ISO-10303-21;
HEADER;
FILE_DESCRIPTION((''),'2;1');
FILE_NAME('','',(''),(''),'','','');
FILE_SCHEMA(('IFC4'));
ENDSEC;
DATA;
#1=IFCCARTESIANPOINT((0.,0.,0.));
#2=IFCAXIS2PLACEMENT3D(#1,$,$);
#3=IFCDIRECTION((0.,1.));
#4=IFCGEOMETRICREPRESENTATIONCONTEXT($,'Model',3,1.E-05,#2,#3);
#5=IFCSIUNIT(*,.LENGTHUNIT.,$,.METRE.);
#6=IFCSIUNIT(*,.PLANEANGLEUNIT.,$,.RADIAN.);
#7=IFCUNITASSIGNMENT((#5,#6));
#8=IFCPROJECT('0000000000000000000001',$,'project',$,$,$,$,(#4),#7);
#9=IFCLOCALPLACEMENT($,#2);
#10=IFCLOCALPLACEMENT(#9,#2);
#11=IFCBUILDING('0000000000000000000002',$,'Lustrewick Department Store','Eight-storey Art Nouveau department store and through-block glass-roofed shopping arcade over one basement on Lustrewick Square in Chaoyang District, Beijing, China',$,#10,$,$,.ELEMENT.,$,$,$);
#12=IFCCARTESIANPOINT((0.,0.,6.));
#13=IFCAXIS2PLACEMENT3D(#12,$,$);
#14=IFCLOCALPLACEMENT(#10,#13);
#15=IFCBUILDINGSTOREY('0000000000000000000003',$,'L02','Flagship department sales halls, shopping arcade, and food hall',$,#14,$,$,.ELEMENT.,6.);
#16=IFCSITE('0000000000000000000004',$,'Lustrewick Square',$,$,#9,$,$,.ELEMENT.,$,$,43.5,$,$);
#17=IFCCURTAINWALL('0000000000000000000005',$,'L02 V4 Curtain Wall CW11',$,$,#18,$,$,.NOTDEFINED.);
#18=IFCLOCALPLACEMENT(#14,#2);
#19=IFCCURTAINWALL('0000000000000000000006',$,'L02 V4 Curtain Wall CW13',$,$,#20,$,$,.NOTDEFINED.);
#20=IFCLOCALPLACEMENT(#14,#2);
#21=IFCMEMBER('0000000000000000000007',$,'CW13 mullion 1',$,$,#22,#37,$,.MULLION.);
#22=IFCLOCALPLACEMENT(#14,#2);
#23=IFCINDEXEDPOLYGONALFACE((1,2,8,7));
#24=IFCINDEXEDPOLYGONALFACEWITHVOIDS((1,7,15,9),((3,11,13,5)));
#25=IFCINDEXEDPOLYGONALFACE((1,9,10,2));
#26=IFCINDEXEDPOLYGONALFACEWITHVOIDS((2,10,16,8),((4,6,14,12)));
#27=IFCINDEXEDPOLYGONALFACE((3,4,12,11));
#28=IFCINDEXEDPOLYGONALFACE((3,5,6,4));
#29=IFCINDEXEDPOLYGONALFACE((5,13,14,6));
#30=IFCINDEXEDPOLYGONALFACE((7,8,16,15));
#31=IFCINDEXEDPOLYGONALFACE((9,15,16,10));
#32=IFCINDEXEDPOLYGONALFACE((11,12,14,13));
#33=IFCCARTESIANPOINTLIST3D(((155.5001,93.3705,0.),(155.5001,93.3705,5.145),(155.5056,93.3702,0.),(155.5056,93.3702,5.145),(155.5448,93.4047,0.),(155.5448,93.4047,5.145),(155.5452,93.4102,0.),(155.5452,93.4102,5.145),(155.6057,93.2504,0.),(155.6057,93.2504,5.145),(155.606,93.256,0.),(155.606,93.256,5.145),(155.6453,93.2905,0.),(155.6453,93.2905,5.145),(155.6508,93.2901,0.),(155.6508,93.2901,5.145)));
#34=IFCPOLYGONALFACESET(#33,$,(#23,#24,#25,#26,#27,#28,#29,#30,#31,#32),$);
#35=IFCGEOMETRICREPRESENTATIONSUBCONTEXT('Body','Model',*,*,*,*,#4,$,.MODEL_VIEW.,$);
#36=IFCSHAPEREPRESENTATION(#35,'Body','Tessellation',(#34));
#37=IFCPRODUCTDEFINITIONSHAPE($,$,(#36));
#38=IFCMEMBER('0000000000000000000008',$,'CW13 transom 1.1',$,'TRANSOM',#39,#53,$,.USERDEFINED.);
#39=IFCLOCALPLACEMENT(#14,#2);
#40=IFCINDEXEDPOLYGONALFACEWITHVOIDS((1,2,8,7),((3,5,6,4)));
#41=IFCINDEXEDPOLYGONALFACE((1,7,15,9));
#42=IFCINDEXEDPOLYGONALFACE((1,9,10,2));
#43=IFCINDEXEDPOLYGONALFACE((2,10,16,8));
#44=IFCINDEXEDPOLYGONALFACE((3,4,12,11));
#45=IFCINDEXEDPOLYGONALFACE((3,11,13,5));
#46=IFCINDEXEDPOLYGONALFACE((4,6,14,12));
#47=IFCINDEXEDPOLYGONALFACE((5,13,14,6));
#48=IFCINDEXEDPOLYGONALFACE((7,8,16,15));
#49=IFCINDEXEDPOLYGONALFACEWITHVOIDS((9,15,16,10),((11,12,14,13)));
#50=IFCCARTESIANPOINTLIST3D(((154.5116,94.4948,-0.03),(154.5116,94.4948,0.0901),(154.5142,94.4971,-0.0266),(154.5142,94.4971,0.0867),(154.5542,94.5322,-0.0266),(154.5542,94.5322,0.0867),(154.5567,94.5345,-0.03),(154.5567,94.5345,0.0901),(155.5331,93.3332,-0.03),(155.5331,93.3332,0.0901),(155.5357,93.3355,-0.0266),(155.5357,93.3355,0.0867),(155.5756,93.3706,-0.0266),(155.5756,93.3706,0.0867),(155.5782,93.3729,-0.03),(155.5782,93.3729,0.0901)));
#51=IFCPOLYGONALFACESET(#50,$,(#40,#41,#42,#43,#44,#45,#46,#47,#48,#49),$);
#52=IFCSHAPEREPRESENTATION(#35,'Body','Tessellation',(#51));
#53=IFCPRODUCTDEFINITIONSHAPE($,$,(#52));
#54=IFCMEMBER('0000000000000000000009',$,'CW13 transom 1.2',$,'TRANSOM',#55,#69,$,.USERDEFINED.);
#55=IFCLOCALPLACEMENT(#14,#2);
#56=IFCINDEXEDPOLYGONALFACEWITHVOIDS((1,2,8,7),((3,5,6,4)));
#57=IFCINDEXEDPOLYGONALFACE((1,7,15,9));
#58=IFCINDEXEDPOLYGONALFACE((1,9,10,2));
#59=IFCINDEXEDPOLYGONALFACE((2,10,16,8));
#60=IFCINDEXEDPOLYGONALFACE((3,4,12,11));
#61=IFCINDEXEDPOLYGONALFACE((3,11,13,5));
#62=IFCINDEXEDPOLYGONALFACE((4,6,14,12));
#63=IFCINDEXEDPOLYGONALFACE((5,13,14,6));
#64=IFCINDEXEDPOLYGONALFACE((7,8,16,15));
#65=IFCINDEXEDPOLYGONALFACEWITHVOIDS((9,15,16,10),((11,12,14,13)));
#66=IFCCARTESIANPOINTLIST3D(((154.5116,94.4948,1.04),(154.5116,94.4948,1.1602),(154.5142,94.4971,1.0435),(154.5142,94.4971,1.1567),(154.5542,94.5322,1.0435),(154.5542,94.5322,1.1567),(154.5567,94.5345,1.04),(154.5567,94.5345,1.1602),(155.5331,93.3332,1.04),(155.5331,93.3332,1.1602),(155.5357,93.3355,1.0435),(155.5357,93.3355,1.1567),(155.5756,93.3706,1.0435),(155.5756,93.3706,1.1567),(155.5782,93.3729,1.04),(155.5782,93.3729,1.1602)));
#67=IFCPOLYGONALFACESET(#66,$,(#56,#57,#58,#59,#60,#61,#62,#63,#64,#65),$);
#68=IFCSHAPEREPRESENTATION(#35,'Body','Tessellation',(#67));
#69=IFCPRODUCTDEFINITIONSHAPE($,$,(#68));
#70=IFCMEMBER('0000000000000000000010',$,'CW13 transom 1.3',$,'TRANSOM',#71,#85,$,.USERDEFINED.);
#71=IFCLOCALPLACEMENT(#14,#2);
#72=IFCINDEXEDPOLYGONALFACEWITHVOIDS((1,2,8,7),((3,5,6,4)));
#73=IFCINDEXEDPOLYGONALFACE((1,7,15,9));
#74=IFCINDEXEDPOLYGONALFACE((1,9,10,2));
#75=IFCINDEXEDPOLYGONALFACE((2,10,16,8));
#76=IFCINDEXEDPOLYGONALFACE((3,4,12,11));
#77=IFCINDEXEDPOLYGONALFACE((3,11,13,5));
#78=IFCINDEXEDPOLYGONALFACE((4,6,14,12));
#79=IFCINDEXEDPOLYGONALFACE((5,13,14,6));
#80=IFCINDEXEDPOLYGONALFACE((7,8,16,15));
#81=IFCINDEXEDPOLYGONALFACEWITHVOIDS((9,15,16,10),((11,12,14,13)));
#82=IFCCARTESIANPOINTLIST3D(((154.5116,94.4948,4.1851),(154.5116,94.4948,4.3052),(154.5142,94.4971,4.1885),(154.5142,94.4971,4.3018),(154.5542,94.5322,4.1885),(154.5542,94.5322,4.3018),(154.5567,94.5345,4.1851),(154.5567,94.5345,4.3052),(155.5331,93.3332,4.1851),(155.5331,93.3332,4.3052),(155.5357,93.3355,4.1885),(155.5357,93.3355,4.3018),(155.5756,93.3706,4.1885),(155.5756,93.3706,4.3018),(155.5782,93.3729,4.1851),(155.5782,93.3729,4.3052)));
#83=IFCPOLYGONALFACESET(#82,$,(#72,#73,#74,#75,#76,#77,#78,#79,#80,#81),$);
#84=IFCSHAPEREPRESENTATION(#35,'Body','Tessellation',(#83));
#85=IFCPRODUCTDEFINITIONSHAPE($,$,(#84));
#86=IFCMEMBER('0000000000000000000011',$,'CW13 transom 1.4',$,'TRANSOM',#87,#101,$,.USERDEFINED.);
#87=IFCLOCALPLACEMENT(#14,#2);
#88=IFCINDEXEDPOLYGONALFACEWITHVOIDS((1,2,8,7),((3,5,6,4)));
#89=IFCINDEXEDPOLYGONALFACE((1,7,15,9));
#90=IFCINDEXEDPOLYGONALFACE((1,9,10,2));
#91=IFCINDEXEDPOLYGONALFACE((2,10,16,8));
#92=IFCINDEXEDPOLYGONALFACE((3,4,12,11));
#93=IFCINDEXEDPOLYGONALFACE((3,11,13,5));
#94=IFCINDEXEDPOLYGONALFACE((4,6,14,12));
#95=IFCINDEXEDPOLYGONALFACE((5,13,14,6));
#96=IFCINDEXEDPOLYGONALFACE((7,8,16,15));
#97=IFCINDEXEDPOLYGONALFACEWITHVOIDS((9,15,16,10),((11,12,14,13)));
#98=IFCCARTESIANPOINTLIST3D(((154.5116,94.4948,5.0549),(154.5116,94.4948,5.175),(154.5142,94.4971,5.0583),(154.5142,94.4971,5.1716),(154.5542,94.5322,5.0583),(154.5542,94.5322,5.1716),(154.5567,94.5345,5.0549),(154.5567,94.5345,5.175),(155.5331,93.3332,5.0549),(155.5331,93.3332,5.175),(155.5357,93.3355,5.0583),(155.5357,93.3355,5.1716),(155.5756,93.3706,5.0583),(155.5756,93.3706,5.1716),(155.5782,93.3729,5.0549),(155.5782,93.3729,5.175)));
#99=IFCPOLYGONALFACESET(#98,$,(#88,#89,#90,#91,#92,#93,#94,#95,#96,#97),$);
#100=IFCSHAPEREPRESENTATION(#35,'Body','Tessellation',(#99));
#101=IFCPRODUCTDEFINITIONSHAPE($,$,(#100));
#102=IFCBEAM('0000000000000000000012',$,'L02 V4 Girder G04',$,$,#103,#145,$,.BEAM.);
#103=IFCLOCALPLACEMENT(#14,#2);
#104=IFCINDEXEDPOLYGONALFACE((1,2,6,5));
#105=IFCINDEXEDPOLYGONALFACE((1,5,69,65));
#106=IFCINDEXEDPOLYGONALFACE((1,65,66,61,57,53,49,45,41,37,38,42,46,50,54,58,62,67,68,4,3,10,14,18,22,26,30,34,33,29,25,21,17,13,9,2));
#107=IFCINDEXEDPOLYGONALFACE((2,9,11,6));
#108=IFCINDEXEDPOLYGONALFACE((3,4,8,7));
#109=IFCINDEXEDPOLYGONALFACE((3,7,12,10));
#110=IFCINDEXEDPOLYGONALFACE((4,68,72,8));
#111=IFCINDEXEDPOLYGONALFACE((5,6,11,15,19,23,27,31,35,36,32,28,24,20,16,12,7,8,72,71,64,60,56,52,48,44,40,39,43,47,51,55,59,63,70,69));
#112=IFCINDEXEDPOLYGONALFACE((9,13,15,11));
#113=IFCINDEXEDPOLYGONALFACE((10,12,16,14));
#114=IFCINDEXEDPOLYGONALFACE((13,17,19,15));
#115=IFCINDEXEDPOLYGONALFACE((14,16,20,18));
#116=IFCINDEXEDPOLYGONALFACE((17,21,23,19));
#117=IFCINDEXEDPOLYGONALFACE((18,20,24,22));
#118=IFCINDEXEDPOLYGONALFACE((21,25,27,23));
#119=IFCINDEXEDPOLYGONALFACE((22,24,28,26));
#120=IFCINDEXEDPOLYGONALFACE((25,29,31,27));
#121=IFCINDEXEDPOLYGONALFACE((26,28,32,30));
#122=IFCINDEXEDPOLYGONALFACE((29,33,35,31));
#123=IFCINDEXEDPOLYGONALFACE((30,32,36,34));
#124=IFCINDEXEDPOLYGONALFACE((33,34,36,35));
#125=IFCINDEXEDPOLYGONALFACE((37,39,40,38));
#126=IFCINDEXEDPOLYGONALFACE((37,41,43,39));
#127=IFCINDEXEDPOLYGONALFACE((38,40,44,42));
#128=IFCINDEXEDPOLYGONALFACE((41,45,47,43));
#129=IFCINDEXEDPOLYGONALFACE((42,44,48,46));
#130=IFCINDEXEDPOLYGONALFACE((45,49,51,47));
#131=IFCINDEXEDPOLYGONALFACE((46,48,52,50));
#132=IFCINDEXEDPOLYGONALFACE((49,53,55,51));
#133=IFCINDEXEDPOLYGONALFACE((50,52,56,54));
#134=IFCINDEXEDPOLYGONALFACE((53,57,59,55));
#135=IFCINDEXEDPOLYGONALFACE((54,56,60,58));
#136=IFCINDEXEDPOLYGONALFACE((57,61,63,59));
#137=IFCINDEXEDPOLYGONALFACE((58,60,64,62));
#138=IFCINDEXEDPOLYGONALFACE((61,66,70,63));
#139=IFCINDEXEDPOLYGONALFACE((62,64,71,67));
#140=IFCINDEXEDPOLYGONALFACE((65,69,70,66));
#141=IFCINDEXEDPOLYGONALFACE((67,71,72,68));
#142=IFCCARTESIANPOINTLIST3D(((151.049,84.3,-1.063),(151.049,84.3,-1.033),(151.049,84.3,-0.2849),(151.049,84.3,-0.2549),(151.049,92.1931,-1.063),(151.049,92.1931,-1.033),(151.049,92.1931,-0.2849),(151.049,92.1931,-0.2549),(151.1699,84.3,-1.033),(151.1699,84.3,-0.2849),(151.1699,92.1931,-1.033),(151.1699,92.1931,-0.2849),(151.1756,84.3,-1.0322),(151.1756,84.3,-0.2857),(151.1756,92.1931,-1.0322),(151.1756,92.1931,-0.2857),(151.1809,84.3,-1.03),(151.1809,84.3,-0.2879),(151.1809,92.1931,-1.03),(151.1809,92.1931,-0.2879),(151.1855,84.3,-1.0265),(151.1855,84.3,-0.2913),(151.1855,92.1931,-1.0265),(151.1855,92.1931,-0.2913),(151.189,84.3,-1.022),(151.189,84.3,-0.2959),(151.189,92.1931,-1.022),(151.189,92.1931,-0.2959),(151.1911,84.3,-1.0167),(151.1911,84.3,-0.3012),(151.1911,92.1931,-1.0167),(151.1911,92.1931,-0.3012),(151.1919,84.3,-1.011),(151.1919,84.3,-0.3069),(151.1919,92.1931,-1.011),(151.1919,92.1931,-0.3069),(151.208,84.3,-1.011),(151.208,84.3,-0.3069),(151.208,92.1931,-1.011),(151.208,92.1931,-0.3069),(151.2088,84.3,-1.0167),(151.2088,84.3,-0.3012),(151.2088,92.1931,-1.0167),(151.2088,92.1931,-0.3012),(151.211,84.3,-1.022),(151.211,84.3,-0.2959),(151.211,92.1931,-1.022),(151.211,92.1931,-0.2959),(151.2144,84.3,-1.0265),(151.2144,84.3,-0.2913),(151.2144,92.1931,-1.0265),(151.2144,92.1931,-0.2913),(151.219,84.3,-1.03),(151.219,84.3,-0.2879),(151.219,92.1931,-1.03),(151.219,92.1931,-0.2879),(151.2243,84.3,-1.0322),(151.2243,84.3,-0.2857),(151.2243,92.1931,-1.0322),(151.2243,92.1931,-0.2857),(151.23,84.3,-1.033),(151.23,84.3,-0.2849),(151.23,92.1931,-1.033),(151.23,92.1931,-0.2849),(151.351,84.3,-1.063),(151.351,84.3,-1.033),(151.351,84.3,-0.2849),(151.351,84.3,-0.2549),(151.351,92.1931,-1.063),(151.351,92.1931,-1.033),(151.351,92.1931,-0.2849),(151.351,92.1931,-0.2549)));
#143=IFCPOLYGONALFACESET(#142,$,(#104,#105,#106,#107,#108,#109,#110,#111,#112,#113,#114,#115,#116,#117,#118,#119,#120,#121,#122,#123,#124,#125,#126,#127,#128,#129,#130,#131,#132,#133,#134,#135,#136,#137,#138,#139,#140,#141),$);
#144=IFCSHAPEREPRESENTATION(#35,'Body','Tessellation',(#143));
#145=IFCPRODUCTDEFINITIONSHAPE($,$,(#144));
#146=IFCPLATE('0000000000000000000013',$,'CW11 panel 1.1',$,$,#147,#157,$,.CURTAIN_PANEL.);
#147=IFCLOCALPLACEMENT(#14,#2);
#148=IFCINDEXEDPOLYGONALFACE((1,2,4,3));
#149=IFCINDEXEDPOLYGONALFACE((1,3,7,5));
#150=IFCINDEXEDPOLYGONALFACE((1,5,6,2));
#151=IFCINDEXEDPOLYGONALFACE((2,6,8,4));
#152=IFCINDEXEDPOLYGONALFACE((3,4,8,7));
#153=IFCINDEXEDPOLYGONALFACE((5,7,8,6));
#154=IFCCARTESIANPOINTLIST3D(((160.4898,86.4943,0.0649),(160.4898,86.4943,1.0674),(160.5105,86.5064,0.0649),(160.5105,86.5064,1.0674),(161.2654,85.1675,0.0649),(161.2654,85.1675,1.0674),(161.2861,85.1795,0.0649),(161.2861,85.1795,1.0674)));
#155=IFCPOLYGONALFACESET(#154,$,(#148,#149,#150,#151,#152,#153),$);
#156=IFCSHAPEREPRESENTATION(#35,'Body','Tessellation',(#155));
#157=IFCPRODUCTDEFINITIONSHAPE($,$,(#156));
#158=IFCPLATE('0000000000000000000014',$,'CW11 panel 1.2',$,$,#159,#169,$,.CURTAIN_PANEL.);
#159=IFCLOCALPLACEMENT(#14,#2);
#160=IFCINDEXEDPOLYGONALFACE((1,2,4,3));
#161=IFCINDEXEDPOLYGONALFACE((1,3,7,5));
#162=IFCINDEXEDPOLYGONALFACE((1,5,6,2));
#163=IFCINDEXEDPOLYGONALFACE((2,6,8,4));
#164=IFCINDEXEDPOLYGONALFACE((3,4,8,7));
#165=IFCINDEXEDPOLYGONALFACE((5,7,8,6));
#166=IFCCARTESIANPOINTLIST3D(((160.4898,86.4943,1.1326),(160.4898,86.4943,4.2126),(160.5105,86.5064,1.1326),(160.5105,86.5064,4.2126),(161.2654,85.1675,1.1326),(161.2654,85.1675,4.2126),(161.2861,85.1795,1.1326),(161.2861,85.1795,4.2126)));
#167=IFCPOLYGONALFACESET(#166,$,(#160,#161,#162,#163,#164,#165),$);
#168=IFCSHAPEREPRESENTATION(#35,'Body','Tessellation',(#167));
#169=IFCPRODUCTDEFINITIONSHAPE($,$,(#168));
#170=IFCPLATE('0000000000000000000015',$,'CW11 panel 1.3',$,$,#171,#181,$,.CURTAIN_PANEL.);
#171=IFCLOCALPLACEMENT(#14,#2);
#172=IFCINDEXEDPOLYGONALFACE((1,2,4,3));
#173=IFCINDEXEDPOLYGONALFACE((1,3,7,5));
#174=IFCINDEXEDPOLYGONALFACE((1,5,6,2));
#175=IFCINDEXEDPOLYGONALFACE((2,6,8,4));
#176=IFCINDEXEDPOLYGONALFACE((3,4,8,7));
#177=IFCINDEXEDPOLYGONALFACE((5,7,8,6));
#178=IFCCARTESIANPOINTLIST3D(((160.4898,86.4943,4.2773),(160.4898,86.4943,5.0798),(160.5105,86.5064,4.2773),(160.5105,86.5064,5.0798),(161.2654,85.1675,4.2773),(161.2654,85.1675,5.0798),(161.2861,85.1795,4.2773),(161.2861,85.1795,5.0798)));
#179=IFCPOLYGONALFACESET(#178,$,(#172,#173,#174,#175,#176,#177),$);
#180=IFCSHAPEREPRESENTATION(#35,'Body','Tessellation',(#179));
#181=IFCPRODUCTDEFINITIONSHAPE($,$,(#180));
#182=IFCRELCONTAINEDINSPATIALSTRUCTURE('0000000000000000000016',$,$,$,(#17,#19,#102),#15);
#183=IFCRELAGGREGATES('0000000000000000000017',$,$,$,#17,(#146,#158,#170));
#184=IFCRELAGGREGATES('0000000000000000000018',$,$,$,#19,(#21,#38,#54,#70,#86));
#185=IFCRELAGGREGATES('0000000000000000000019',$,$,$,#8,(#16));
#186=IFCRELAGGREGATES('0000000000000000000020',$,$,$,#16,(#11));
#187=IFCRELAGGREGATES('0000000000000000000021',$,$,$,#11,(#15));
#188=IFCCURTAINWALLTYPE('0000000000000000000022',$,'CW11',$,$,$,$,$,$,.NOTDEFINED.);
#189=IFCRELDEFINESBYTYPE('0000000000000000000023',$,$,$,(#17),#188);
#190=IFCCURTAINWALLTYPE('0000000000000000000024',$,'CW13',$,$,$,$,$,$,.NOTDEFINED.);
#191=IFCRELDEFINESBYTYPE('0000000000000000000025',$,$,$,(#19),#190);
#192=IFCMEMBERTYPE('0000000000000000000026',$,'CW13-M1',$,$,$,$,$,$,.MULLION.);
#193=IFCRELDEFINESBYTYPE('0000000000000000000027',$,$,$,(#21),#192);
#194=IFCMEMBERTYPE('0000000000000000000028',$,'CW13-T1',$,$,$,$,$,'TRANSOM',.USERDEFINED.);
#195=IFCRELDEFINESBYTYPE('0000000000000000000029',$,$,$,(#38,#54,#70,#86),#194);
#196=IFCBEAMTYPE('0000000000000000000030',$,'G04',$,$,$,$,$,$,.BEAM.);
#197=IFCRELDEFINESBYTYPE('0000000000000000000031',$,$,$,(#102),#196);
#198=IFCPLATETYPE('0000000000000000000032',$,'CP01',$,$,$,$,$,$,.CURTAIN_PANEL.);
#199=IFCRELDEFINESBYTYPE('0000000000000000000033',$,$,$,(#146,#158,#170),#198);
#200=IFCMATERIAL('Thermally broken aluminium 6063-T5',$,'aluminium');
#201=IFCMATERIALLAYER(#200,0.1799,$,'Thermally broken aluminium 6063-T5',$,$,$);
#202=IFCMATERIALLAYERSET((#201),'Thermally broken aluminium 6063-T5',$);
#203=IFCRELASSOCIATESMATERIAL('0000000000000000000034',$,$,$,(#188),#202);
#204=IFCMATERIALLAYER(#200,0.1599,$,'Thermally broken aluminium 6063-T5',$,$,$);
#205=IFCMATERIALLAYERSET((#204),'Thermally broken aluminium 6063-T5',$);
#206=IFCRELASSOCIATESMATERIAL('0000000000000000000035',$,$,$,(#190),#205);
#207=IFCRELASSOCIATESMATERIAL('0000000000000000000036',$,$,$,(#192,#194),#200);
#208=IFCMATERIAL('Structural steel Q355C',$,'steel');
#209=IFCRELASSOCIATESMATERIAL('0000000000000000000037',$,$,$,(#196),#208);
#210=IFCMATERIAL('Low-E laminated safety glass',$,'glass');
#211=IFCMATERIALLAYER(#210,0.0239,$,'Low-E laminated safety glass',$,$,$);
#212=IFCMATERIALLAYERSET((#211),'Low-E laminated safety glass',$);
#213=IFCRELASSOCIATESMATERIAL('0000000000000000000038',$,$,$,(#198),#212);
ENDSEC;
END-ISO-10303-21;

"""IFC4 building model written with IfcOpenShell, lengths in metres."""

from ifc_helpers import new_model, si_unit, direction, frame, origin, origin_2d, place, context, subcontext, project, spatial, rectangle, hollow_rectangle, i_section, extrude, material, layer, layer_set, material_profile, profile_set, type_object, element, aggregate, save


model = new_model("IFC4")

# Units and contexts
model_context = context("Model", 3, precision=1e-05, world=origin(), true_north=direction((0.0, 1.0)))
body_context = subcontext(model_context, "Body", "Model", "MODEL_VIEW")
ifc_project = project(units=[si_unit("LENGTHUNIT", "METRE"), si_unit("PLANEANGLEUNIT", "RADIAN")], contexts=[model_context])

# Site, building, storey
site_placement = place(None, origin())
site = spatial("IfcSite", under=ifc_project, at=site_placement, Name="Lustrewick Square", CompositionType="ELEMENT", RefElevation=43.5)
building_placement = place(site_placement, origin())
building = spatial("IfcBuilding", under=site, at=building_placement, Name="Lustrewick Department Store", Description="Eight-storey Art Nouveau department store and through-block glass-roofed shopping arcade over one basement on Lustrewick Square in Chaoyang District, Beijing, China", CompositionType="ELEMENT")
storey_placement = place(building_placement, frame((0.0, 0.0, 6.0)))
storey = spatial("IfcBuildingStorey", under=building, at=storey_placement, Name="L02", Description="Flagship department sales halls, shopping arcade, and food hall", CompositionType="ELEMENT", Elevation=6.0)

# Curtain walls, members
ifc_material_1 = material(Name="Thermally broken aluminium 6063-T5", Category="aluminium")
ifc_layer_1 = layer(ifc_material_1, 0.1799, Name="Thermally broken aluminium 6063-T5")
ifc_layer_set_1 = layer_set([ifc_layer_1], Name="Thermally broken aluminium 6063-T5")
curtain_wall_type_1 = type_object("IfcCurtainWallType", Name="CW11", PredefinedType="NOTDEFINED", material=ifc_layer_set_1)
curtain_wall_1_placement = place(storey_placement, origin())
curtain_wall_1 = element("IfcCurtainWall", 1, at=curtain_wall_1_placement, inside=storey, type_object=curtain_wall_type_1, Name="L02 V4 Curtain Wall CW11", PredefinedType="NOTDEFINED")
ifc_layer_2 = layer(ifc_material_1, 0.1599, Name="Thermally broken aluminium 6063-T5")
ifc_layer_set_2 = layer_set([ifc_layer_2], Name="Thermally broken aluminium 6063-T5")
curtain_wall_type_2 = type_object("IfcCurtainWallType", Name="CW13", PredefinedType="NOTDEFINED", material=ifc_layer_set_2)
curtain_wall_2_placement = place(storey_placement, origin())
curtain_wall_2 = element("IfcCurtainWall", 2, at=curtain_wall_2_placement, inside=storey, type_object=curtain_wall_type_2, Name="L02 V4 Curtain Wall CW13", PredefinedType="NOTDEFINED")
ifc_material_profile_1 = material_profile(ifc_material_1, hollow_rectangle(XDim=0.0601, YDim=0.1599, WallThickness=0.0039, at=origin_2d()), Name="ALU-M 60x160x4")
ifc_profile_set_1 = profile_set([ifc_material_profile_1], Name="Thermally broken aluminium 6063-T5")
member_type_1 = type_object("IfcMemberType", Name="CW13-M1", PredefinedType="MULLION", material=ifc_profile_set_1)
member_1_placement = place(storey_placement, frame((155.5754, 93.3303, 0.0), z_axis=(0.0, 0.0, 1.0), x_axis=(-0.75095, -0.660359, 0.0)))
member_1 = element("IfcMember", 3, at=member_1_placement, type_object=member_type_1, Name="CW13 mullion 1", PredefinedType="MULLION", context=body_context, shape_type="SweptSolid", body=[
    extrude(hollow_rectangle(XDim=0.0601, YDim=0.1599, WallThickness=0.0039, at=origin_2d()), origin(), (0.0, 0.0, 1.0), 5.145),
])
ifc_material_profile_2 = material_profile(ifc_material_1, hollow_rectangle(XDim=0.0601, YDim=0.1201, WallThickness=0.0034, at=origin_2d()), Name="ALU-T 60x120x3.5")
ifc_profile_set_2 = profile_set([ifc_material_profile_2], Name="Thermally broken aluminium 6063-T5")
member_type_2 = type_object("IfcMemberType", Name="CW13-T1", ElementType="TRANSOM", PredefinedType="USERDEFINED", material=ifc_profile_set_2)
member_2_placement = place(storey_placement, frame((155.5557, 93.353, 0.03), z_axis=(-0.660357, 0.750951, 0.0), x_axis=(-0.750951, -0.660357, 0.0)))
member_2 = element("IfcMember", 4, at=member_2_placement, type_object=member_type_2, Name="CW13 transom 1.1", ObjectType="TRANSOM", PredefinedType="USERDEFINED", context=body_context, shape_type="SweptSolid", body=[
    extrude(hollow_rectangle(XDim=0.0601, YDim=0.1201, WallThickness=0.0034, at=origin_2d()), origin(), (0.0, 0.0, 1.0), 1.5469),
])
member_3_placement = place(storey_placement, frame((155.5557, 93.353, 1.1001), z_axis=(-0.660357, 0.750951, 0.0), x_axis=(-0.750951, -0.660357, 0.0)))
member_3 = element("IfcMember", 5, at=member_3_placement, type_object=member_type_2, Name="CW13 transom 1.2", ObjectType="TRANSOM", PredefinedType="USERDEFINED", context=body_context, shape_type="SweptSolid", body=[
    extrude(hollow_rectangle(XDim=0.0601, YDim=0.1201, WallThickness=0.0034, at=origin_2d()), origin(), (0.0, 0.0, 1.0), 1.5469),
])
member_4_placement = place(storey_placement, frame((155.5557, 93.353, 4.2451), z_axis=(-0.660357, 0.750951, 0.0), x_axis=(-0.750951, -0.660357, 0.0)))
member_4 = element("IfcMember", 6, at=member_4_placement, type_object=member_type_2, Name="CW13 transom 1.3", ObjectType="TRANSOM", PredefinedType="USERDEFINED", context=body_context, shape_type="SweptSolid", body=[
    extrude(hollow_rectangle(XDim=0.0601, YDim=0.1201, WallThickness=0.0034, at=origin_2d()), origin(), (0.0, 0.0, 1.0), 1.5469),
])
member_5_placement = place(storey_placement, frame((155.5557, 93.353, 5.115), z_axis=(-0.660357, 0.750951, 0.0), x_axis=(-0.750951, -0.660357, 0.0)))
member_5 = element("IfcMember", 7, at=member_5_placement, type_object=member_type_2, Name="CW13 transom 1.4", ObjectType="TRANSOM", PredefinedType="USERDEFINED", context=body_context, shape_type="SweptSolid", body=[
    extrude(hollow_rectangle(XDim=0.0601, YDim=0.1201, WallThickness=0.0034, at=origin_2d()), origin(), (0.0, 0.0, 1.0), 1.5469),
])

# Beam
ifc_material_2 = material(Name="Structural steel Q355C", Category="steel")
ifc_material_profile_3 = material_profile(ifc_material_2, i_section(OverallWidth=0.302, OverallDepth=0.8081, WebThickness=0.0161, FlangeThickness=0.03, FilletRadius=0.022, at=origin_2d()), Name="HN 808x302x16x30")
ifc_profile_set_3 = profile_set([ifc_material_profile_3], Name="Structural steel Q355C")
beam_type_1 = type_object("IfcBeamType", Name="G04", PredefinedType="BEAM", material=ifc_profile_set_3)
beam_1_placement = place(storey_placement, frame((151.2, 84.3, -0.6589), z_axis=(0.0, 1.0, 0.0), x_axis=(-1.0, 0.0, 0.0)))
element("IfcBeam", 8, at=beam_1_placement, inside=storey, type_object=beam_type_1, Name="L02 V4 Girder G04", PredefinedType="BEAM", context=body_context, shape_type="SweptSolid", body=[
    extrude(i_section(OverallWidth=0.302, OverallDepth=0.8081, WebThickness=0.0161, FlangeThickness=0.03, FilletRadius=0.022, at=origin_2d()), origin(), (0.0, 0.0, 1.0), 7.8931),
])

# Plates
ifc_material_3 = material(Name="Low-E laminated safety glass", Category="glass")
ifc_layer_3 = layer(ifc_material_3, 0.0239, Name="Low-E laminated safety glass")
ifc_layer_set_3 = layer_set([ifc_layer_3], Name="Low-E laminated safety glass")
plate_type_1 = type_object("IfcPlateType", Name="CP01", PredefinedType="CURTAIN_PANEL", material=ifc_layer_set_3)
plate_1_placement = place(storey_placement, frame((160.8879, 85.8369, 0.0649), z_axis=(0.0, 0.0, 1.0), x_axis=(-0.504643, 0.863328, 0.0)))
plate_1 = element("IfcPlate", 9, at=plate_1_placement, type_object=plate_type_1, Name="CW11 panel 1.1", PredefinedType="CURTAIN_PANEL", context=body_context, shape_type="SweptSolid", body=[
    extrude(rectangle(XDim=1.5369, YDim=0.0239, at=origin_2d()), origin(), (0.0, 0.0, 1.0), 1.0024),
])
plate_2_placement = place(storey_placement, frame((160.8879, 85.8369, 1.1326), z_axis=(0.0, 0.0, 1.0), x_axis=(-0.504643, 0.863328, 0.0)))
plate_2 = element("IfcPlate", 10, at=plate_2_placement, type_object=plate_type_1, Name="CW11 panel 1.2", PredefinedType="CURTAIN_PANEL", context=body_context, shape_type="SweptSolid", body=[
    extrude(rectangle(XDim=1.5369, YDim=0.0239, at=origin_2d()), origin(), (0.0, 0.0, 1.0), 3.0801),
])
plate_3_placement = place(storey_placement, frame((160.8879, 85.8369, 4.2773), z_axis=(0.0, 0.0, 1.0), x_axis=(-0.504643, 0.863328, 0.0)))
plate_3 = element("IfcPlate", 11, at=plate_3_placement, type_object=plate_type_1, Name="CW11 panel 1.3", PredefinedType="CURTAIN_PANEL", context=body_context, shape_type="SweptSolid", body=[
    extrude(rectangle(XDim=1.5369, YDim=0.0239, at=origin_2d()), origin(), (0.0, 0.0, 1.0), 0.8025),
])
aggregate(curtain_wall_1, [plate_1, plate_2, plate_3])
aggregate(curtain_wall_2, [member_1, member_2, member_3, member_4, member_5])

save(model, "model.ifc")
